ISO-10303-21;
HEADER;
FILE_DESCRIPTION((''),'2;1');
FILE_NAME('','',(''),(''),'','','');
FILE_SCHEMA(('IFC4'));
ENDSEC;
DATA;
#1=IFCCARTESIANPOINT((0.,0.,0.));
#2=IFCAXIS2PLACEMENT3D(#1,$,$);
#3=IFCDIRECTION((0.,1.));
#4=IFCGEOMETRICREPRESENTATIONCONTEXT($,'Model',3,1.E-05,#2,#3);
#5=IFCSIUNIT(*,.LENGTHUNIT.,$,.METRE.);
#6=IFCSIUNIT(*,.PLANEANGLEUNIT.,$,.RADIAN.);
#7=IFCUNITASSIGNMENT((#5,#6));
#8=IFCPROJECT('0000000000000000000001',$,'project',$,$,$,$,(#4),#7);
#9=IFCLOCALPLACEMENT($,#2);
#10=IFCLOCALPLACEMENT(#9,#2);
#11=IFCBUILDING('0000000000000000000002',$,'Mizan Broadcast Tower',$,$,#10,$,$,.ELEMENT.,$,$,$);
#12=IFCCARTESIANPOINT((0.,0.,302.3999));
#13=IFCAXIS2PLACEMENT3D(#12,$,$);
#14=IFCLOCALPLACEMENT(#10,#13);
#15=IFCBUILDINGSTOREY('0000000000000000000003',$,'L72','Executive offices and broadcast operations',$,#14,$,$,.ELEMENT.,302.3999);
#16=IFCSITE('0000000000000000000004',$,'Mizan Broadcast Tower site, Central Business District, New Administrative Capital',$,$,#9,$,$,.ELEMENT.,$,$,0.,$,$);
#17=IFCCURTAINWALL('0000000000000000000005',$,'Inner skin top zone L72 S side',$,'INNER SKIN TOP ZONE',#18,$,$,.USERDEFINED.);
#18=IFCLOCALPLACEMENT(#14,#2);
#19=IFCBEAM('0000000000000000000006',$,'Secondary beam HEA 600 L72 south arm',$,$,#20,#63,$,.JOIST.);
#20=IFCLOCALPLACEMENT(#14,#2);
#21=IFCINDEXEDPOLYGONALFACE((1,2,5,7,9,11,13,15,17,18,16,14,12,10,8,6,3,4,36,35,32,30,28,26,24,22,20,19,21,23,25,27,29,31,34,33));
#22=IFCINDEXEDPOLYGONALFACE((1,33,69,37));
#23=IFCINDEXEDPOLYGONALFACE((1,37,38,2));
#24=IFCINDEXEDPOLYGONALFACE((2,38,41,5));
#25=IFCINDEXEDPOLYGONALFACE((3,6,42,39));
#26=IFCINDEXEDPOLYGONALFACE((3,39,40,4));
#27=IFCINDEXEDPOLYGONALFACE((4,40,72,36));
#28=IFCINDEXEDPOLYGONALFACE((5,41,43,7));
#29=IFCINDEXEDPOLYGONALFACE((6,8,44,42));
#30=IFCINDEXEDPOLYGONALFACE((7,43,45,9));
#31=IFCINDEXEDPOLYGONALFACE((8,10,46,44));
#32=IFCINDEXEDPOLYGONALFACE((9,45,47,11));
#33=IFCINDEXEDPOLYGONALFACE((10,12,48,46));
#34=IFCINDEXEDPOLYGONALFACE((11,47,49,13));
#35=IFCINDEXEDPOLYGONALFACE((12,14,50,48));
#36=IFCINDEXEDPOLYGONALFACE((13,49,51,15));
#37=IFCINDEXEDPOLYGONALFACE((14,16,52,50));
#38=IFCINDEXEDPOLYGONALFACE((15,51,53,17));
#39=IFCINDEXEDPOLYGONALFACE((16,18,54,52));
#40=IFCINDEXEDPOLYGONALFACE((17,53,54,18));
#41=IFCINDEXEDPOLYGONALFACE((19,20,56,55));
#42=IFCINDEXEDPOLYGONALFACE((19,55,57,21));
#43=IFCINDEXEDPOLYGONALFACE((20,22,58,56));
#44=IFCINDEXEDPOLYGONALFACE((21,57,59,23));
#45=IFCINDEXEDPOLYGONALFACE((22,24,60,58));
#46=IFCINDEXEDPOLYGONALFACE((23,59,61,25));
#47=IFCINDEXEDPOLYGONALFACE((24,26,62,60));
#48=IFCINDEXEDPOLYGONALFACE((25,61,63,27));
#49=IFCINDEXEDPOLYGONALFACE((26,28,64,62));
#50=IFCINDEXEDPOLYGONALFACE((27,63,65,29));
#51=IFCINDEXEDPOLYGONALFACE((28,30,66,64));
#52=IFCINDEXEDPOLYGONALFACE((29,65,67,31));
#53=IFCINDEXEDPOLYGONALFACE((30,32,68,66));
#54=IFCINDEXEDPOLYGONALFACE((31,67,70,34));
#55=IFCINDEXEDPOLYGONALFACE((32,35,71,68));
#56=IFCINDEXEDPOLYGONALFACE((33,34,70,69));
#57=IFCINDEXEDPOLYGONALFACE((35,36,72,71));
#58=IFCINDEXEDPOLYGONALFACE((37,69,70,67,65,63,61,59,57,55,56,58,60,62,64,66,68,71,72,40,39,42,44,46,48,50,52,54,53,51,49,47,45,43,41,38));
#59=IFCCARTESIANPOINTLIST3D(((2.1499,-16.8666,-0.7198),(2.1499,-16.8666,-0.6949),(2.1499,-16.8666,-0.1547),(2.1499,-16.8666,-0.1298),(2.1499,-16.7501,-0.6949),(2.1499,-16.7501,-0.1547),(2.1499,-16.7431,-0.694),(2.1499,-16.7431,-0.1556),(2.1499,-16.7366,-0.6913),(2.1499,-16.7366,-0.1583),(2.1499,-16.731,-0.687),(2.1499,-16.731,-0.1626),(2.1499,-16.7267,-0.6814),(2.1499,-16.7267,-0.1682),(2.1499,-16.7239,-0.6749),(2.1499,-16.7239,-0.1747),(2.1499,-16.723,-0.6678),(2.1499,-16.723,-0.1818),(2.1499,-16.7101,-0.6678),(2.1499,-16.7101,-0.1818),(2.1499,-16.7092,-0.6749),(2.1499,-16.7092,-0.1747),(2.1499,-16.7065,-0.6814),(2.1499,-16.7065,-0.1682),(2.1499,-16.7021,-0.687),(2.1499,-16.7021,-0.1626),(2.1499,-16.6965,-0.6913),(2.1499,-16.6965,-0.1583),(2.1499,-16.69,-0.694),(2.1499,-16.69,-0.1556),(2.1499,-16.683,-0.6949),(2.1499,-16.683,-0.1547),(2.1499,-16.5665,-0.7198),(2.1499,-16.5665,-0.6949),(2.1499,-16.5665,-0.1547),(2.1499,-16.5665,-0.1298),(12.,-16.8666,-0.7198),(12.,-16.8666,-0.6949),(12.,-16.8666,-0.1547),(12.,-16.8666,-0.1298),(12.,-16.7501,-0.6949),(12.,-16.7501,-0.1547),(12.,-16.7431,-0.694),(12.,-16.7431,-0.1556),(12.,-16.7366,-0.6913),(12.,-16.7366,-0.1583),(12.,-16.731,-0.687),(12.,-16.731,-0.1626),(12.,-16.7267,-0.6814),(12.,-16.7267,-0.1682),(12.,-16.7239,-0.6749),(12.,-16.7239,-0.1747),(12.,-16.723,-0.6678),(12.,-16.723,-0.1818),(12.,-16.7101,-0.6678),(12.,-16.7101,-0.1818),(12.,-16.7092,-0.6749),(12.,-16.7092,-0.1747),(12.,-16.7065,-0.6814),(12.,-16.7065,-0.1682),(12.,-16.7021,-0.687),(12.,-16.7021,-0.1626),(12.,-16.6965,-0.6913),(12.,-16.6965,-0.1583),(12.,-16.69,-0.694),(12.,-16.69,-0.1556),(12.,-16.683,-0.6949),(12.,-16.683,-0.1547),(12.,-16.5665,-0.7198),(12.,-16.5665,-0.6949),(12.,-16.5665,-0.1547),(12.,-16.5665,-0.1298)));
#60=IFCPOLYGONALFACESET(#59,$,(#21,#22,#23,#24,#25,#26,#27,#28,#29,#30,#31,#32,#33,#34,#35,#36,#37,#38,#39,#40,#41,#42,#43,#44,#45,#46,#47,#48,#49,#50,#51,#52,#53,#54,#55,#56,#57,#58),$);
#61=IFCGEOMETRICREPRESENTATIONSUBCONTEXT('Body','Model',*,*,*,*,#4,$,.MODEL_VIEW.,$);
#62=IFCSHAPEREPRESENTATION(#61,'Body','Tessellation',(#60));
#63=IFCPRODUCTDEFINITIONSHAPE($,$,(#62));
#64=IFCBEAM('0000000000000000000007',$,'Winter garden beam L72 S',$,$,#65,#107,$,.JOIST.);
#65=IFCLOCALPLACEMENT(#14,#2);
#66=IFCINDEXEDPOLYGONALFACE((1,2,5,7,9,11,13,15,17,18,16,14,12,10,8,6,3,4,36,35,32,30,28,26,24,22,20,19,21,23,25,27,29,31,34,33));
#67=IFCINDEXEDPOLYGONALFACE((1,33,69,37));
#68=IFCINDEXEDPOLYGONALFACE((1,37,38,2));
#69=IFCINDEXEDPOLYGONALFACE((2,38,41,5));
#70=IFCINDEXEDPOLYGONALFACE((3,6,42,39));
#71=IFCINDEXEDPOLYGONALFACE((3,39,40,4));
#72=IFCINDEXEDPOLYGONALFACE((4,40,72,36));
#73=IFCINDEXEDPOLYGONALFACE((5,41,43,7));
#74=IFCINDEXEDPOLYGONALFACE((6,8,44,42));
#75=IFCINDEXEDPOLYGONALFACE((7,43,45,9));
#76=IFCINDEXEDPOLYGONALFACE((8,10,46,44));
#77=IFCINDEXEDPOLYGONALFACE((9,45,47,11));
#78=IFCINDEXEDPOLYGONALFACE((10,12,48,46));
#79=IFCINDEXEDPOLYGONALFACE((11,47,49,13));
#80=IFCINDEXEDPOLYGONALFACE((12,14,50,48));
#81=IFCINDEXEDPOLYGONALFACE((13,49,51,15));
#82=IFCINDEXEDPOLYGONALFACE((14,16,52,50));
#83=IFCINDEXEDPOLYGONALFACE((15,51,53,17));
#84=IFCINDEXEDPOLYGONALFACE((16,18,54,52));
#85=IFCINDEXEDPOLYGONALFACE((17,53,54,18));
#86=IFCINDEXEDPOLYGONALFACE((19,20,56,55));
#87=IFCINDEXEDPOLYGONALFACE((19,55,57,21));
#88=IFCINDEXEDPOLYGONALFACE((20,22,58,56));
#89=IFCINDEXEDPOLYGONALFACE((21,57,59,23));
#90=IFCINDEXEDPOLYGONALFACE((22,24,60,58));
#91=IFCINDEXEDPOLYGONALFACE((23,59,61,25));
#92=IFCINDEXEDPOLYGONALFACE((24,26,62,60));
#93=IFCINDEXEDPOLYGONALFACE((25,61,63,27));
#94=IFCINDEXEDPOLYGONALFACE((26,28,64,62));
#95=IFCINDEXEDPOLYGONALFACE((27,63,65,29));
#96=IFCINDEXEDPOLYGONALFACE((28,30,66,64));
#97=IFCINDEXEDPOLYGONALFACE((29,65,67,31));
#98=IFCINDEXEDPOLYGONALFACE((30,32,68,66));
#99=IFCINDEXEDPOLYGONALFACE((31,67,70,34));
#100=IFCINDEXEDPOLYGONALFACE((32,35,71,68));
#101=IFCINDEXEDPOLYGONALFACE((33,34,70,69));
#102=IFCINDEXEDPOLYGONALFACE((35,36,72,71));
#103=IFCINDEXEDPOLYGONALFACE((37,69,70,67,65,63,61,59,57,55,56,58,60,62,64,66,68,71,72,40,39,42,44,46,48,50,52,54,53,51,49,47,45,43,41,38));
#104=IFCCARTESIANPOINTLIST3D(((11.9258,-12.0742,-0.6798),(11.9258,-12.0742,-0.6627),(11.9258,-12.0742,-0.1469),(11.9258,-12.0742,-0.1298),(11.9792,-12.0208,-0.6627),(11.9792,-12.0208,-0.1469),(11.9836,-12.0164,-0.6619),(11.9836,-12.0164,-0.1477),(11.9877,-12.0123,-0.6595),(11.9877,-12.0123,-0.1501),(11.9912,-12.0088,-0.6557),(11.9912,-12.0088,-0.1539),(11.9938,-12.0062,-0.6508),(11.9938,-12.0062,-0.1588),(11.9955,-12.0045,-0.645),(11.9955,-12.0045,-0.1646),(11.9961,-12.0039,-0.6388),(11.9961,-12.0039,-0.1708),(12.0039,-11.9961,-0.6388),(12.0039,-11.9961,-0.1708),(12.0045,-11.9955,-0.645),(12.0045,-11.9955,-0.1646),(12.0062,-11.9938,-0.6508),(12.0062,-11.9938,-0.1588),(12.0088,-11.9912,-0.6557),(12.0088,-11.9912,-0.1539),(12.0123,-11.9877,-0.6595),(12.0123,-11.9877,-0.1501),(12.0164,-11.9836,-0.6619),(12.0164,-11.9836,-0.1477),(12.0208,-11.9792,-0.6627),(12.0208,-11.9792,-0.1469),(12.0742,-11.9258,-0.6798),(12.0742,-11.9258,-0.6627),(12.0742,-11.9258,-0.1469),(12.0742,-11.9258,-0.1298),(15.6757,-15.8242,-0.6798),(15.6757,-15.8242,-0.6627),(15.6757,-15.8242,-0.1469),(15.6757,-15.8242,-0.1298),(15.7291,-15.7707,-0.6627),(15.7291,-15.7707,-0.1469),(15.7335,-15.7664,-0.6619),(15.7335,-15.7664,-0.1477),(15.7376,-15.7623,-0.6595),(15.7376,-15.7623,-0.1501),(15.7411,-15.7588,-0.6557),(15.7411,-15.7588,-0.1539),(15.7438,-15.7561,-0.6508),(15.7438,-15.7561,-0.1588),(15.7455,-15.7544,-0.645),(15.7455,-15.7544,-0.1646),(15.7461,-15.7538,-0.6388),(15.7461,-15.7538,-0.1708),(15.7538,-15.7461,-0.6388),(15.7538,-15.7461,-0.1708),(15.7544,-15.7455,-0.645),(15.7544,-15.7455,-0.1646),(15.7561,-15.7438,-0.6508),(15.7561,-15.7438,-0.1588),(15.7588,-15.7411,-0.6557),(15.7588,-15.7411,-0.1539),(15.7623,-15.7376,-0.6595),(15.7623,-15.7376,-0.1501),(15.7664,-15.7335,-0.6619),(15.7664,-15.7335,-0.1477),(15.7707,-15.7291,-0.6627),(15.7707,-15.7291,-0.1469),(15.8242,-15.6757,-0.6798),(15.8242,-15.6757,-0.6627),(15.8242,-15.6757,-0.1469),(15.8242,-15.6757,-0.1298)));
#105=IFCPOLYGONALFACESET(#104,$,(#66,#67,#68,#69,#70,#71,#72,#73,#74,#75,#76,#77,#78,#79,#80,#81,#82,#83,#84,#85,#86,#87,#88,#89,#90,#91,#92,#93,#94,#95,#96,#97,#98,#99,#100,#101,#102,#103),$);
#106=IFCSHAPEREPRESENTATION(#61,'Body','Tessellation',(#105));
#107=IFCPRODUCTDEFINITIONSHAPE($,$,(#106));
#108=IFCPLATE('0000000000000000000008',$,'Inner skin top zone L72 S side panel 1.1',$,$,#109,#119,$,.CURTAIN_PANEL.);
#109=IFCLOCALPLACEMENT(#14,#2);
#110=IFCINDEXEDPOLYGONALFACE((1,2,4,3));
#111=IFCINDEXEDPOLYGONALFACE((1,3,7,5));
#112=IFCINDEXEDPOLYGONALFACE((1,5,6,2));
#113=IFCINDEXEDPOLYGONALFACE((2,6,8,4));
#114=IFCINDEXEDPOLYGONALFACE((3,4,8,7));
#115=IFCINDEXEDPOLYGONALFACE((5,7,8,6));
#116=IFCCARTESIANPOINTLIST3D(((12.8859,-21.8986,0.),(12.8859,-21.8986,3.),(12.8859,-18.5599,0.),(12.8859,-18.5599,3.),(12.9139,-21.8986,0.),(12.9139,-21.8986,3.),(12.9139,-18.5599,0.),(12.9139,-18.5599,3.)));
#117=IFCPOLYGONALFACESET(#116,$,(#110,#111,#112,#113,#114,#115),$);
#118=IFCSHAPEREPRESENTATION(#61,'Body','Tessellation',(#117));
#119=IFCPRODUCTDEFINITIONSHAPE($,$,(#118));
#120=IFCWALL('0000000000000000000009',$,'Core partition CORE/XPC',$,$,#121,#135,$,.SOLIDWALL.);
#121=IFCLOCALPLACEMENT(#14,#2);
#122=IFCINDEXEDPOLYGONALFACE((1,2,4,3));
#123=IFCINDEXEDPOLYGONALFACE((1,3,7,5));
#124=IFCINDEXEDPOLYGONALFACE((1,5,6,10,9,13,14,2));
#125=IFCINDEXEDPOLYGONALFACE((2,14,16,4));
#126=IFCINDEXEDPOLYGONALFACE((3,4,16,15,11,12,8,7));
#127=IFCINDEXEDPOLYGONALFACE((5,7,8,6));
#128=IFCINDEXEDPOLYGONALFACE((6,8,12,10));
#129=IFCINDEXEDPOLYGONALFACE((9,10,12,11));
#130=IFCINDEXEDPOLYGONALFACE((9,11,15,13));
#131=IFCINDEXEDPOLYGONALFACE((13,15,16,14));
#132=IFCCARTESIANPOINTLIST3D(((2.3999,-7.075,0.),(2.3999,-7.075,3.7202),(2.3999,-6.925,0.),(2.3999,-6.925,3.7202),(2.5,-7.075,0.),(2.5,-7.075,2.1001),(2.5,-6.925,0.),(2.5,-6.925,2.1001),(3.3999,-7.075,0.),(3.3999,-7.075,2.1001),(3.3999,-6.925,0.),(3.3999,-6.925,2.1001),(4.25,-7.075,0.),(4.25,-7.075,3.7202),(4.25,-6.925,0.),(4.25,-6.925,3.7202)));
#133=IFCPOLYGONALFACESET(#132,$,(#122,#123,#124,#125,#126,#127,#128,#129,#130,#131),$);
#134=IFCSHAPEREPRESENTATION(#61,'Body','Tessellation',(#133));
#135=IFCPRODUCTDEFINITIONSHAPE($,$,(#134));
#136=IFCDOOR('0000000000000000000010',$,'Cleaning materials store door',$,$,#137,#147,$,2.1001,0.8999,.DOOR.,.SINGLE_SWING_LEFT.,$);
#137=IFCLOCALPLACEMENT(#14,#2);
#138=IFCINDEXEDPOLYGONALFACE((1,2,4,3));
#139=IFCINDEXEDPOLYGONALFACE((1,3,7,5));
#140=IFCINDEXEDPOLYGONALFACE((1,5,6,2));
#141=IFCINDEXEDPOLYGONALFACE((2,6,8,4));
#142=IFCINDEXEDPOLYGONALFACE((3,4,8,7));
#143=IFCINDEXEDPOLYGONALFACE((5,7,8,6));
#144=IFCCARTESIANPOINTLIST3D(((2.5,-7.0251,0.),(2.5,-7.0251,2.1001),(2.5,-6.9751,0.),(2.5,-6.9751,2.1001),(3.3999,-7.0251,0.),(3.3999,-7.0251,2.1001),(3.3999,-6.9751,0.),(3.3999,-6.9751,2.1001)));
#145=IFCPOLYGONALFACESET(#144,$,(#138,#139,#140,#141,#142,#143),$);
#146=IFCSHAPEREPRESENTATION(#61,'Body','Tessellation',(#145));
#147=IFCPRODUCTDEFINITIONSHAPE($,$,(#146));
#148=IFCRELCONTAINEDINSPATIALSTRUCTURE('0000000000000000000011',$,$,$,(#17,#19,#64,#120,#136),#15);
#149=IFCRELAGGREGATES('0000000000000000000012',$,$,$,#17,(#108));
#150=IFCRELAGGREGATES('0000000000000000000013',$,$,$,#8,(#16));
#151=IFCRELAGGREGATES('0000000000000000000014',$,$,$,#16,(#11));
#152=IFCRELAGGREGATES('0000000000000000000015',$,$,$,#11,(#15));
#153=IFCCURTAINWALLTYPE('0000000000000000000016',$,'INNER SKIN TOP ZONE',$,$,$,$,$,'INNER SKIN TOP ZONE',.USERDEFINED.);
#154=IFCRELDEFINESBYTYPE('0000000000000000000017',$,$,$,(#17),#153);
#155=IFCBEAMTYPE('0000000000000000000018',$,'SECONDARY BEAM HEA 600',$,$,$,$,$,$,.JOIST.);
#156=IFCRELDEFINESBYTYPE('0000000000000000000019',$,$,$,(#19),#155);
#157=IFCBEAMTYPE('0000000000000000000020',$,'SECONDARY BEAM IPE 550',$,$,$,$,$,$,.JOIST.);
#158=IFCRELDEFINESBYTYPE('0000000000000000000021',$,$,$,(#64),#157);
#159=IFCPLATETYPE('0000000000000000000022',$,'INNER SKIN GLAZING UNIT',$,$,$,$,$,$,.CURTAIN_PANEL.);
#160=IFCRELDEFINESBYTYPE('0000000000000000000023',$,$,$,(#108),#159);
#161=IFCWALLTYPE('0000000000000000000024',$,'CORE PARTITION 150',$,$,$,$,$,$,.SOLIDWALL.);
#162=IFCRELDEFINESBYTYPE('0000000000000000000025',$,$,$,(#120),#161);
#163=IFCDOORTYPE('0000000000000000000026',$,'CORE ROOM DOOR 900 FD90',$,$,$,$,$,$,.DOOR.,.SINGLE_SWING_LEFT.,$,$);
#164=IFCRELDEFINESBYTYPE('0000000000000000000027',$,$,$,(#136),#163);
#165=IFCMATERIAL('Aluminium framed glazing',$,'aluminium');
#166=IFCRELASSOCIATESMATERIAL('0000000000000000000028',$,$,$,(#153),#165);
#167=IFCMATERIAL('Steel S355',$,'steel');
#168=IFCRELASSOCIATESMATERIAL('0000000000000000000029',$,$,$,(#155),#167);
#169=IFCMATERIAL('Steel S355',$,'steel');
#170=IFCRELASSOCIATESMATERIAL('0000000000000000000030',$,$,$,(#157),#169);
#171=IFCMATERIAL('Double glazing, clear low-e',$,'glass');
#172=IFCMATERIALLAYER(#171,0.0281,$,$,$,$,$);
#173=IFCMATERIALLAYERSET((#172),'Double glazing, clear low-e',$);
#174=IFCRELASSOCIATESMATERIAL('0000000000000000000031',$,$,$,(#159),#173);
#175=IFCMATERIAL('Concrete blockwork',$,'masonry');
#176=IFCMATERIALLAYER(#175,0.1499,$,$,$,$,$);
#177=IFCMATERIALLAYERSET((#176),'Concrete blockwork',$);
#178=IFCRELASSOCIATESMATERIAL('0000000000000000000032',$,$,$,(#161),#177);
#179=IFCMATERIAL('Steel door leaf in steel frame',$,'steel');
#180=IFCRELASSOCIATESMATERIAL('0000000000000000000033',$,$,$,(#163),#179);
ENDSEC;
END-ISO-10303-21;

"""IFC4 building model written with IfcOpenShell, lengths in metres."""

from ifc_helpers import new_model, si_unit, direction, frame, frame_2d, origin, origin_2d, place, context, subcontext, project, spatial, rectangle, i_section, extrude, material, layer, layer_set, material_profile, profile_set, type_object, element, fill, aggregate, save


model = new_model("IFC4")

# Units and contexts
model_context = context("Model", 3, precision=1e-05, world=origin(), true_north=direction((0.0, 1.0)))
body_context = subcontext(model_context, "Body", "Model", "MODEL_VIEW")
ifc_project = project(units=[si_unit("LENGTHUNIT", "METRE"), si_unit("PLANEANGLEUNIT", "RADIAN")], contexts=[model_context])

# Site, building, storey
site_placement = place(None, origin())
site = spatial("IfcSite", under=ifc_project, at=site_placement, Name="Mizan Broadcast Tower site, Central Business District, New Administrative Capital", CompositionType="ELEMENT", RefElevation=0.0)
building_placement = place(site_placement, origin())
building = spatial("IfcBuilding", under=site, at=building_placement, Name="Mizan Broadcast Tower", CompositionType="ELEMENT")
storey_placement = place(building_placement, frame((0.0, 0.0, 302.3999)))
storey = spatial("IfcBuildingStorey", under=building, at=storey_placement, Name="L72", Description="Executive offices and broadcast operations", CompositionType="ELEMENT", Elevation=302.3999)

# Curtain wall
ifc_material_1 = material(Name="Aluminium framed glazing", Category="aluminium")
curtain_wall_type = type_object("IfcCurtainWallType", Name="INNER SKIN TOP ZONE", ElementType="INNER SKIN TOP ZONE", PredefinedType="USERDEFINED", material=ifc_material_1)
curtain_wall_placement = place(storey_placement, origin())
curtain_wall = element("IfcCurtainWall", 1, at=curtain_wall_placement, inside=storey, type_object=curtain_wall_type, Name="Inner skin top zone L72 S side", ObjectType="INNER SKIN TOP ZONE", PredefinedType="USERDEFINED")

# Beams
ifc_material_2 = material(Name="Steel S355", Category="steel")
ifc_material_profile_1 = material_profile(ifc_material_2, i_section(OverallWidth=0.3, OverallDepth=0.5901, WebThickness=0.0129, FlangeThickness=0.0249, FilletRadius=0.0271, at=origin_2d()), Name="HEA 600")
ifc_profile_set_1 = profile_set([ifc_material_profile_1], Name="Steel S355")
beam_type_1 = type_object("IfcBeamType", Name="SECONDARY BEAM HEA 600", PredefinedType="JOIST", material=ifc_profile_set_1)
for number, where, z_axis, x_axis, name in (
    (2, (12.0, -16.7166, -0.4248), (-1.0, 0.0, 0.0), (0.0, -1.0, 0.0), "Secondary beam HEA 600 L72 south arm"),
):
    element("IfcBeam", number, at=place(storey_placement, frame(where, z_axis=z_axis, x_axis=x_axis)), inside=storey, type_object=beam_type_1, Name=name, PredefinedType="JOIST", context=body_context, shape_type="SweptSolid", body=[
        extrude(i_section(OverallWidth=0.3, OverallDepth=0.5901, WebThickness=0.0129, FlangeThickness=0.0249, FilletRadius=0.0271, at=origin_2d()), origin(), (0.0, 0.0, 1.0), 9.8501),
    ])
ifc_material_3 = material(Name="Steel S355", Category="steel")
ifc_material_profile_2 = material_profile(ifc_material_3, i_section(OverallWidth=0.21, OverallDepth=0.55, WebThickness=0.011, FlangeThickness=0.0171, FilletRadius=0.0239, at=origin_2d()), Name="IPE 550")
ifc_profile_set_2 = profile_set([ifc_material_profile_2], Name="Steel S355")
beam_type_2 = type_object("IfcBeamType", Name="SECONDARY BEAM IPE 550", PredefinedType="JOIST", material=ifc_profile_set_2)
beam_1_placement = place(storey_placement, frame((12.0, -12.0, -0.4048), z_axis=(0.707107, -0.707107, 0.0), x_axis=(0.707107, 0.707107, 0.0)))
element("IfcBeam", 3, at=beam_1_placement, inside=storey, type_object=beam_type_2, Name="Winter garden beam L72 S", PredefinedType="JOIST", context=body_context, shape_type="SweptSolid", body=[
    extrude(i_section(OverallWidth=0.21, OverallDepth=0.55, WebThickness=0.011, FlangeThickness=0.0171, FilletRadius=0.0239, at=origin_2d()), origin(), (0.0, 0.0, 1.0), 5.3032),
])

# Plate
ifc_material_4 = material(Name="Double glazing, clear low-e", Category="glass")
ifc_layer_1 = layer(ifc_material_4, 0.0281)
ifc_layer_set_1 = layer_set([ifc_layer_1], Name="Double glazing, clear low-e")
plate_type = type_object("IfcPlateType", Name="INNER SKIN GLAZING UNIT", PredefinedType="CURTAIN_PANEL", material=ifc_layer_set_1)
plate_placement = place(storey_placement, frame((12.8999, -20.2292, 0.0), z_axis=(0.0, 0.0, 1.0), x_axis=(0.0, 1.0, 0.0)))
plate = element("IfcPlate", 4, at=plate_placement, type_object=plate_type, Name="Inner skin top zone L72 S side panel 1.1", PredefinedType="CURTAIN_PANEL", context=body_context, shape_type="SweptSolid", body=[
    extrude(rectangle(XDim=3.3386, YDim=0.0281, at=origin_2d()), origin(), (0.0, 0.0, 1.0), 3.0),
])
aggregate(curtain_wall, [plate])

# Wall, opening, door
ifc_material_5 = material(Name="Concrete blockwork", Category="masonry")
ifc_layer_2 = layer(ifc_material_5, 0.1499)
ifc_layer_set_2 = layer_set([ifc_layer_2], Name="Concrete blockwork")
wall_type_1 = type_object("IfcWallType", Name="CORE PARTITION 150", PredefinedType="SOLIDWALL", material=ifc_layer_set_2)
wall_1_placement = place(storey_placement, frame((2.3999, -7.0, 0.0), z_axis=(0.0, 0.0, 1.0), x_axis=(1.0, 0.0, 0.0)))
wall_1 = element("IfcWall", 5, at=wall_1_placement, inside=storey, type_object=wall_type_1, Name="Core partition CORE/XPC", PredefinedType="SOLIDWALL", context=body_context, shape_type="SweptSolid", body=[
    extrude(rectangle(XDim=1.8501, YDim=0.1499, at=frame_2d((0.925, 0.0))), origin(), (0.0, 0.0, 1.0), 3.7202),
])
opening_1_placement = place(wall_1_placement, frame((0.1001, 0.0, 0.0)))
opening_1 = element("IfcOpeningElement", 6, at=opening_1_placement, cuts=wall_1, PredefinedType="OPENING", context=body_context, shape_type="SweptSolid", body=[
    extrude(rectangle(XDim=0.8999, YDim=2.1001, at=frame_2d((0.45, 1.05))), frame((0.0, 0.085, 0.0), z_axis=(0.0, -1.0, 0.0), x_axis=(1.0, 0.0, 0.0)), (0.0, 0.0, 1.0), 0.1699),
])
ifc_material_6 = material(Name="Steel door leaf in steel frame", Category="steel")
door_type_1 = type_object("IfcDoorType", Name="CORE ROOM DOOR 900 FD90", OperationType="SINGLE_SWING_LEFT", PredefinedType="DOOR", material=ifc_material_6)
door_1_placement = place(opening_1_placement, origin())
door_1 = element("IfcDoor", 7, at=door_1_placement, inside=storey, type_object=door_type_1, Name="Cleaning materials store door", OperationType="SINGLE_SWING_LEFT", OverallHeight=2.1001, OverallWidth=0.8999, PredefinedType="DOOR", context=body_context, shape_type="SweptSolid", body=[
    extrude(rectangle(XDim=0.8999, YDim=2.1001, at=frame_2d((0.45, 1.05))), frame((0.0, 0.0249, 0.0), z_axis=(0.0, -1.0, 0.0), x_axis=(1.0, 0.0, 0.0)), (0.0, 0.0, 1.0), 0.05),
])
fill(opening_1, door_1)

save(model, "model.ifc")
